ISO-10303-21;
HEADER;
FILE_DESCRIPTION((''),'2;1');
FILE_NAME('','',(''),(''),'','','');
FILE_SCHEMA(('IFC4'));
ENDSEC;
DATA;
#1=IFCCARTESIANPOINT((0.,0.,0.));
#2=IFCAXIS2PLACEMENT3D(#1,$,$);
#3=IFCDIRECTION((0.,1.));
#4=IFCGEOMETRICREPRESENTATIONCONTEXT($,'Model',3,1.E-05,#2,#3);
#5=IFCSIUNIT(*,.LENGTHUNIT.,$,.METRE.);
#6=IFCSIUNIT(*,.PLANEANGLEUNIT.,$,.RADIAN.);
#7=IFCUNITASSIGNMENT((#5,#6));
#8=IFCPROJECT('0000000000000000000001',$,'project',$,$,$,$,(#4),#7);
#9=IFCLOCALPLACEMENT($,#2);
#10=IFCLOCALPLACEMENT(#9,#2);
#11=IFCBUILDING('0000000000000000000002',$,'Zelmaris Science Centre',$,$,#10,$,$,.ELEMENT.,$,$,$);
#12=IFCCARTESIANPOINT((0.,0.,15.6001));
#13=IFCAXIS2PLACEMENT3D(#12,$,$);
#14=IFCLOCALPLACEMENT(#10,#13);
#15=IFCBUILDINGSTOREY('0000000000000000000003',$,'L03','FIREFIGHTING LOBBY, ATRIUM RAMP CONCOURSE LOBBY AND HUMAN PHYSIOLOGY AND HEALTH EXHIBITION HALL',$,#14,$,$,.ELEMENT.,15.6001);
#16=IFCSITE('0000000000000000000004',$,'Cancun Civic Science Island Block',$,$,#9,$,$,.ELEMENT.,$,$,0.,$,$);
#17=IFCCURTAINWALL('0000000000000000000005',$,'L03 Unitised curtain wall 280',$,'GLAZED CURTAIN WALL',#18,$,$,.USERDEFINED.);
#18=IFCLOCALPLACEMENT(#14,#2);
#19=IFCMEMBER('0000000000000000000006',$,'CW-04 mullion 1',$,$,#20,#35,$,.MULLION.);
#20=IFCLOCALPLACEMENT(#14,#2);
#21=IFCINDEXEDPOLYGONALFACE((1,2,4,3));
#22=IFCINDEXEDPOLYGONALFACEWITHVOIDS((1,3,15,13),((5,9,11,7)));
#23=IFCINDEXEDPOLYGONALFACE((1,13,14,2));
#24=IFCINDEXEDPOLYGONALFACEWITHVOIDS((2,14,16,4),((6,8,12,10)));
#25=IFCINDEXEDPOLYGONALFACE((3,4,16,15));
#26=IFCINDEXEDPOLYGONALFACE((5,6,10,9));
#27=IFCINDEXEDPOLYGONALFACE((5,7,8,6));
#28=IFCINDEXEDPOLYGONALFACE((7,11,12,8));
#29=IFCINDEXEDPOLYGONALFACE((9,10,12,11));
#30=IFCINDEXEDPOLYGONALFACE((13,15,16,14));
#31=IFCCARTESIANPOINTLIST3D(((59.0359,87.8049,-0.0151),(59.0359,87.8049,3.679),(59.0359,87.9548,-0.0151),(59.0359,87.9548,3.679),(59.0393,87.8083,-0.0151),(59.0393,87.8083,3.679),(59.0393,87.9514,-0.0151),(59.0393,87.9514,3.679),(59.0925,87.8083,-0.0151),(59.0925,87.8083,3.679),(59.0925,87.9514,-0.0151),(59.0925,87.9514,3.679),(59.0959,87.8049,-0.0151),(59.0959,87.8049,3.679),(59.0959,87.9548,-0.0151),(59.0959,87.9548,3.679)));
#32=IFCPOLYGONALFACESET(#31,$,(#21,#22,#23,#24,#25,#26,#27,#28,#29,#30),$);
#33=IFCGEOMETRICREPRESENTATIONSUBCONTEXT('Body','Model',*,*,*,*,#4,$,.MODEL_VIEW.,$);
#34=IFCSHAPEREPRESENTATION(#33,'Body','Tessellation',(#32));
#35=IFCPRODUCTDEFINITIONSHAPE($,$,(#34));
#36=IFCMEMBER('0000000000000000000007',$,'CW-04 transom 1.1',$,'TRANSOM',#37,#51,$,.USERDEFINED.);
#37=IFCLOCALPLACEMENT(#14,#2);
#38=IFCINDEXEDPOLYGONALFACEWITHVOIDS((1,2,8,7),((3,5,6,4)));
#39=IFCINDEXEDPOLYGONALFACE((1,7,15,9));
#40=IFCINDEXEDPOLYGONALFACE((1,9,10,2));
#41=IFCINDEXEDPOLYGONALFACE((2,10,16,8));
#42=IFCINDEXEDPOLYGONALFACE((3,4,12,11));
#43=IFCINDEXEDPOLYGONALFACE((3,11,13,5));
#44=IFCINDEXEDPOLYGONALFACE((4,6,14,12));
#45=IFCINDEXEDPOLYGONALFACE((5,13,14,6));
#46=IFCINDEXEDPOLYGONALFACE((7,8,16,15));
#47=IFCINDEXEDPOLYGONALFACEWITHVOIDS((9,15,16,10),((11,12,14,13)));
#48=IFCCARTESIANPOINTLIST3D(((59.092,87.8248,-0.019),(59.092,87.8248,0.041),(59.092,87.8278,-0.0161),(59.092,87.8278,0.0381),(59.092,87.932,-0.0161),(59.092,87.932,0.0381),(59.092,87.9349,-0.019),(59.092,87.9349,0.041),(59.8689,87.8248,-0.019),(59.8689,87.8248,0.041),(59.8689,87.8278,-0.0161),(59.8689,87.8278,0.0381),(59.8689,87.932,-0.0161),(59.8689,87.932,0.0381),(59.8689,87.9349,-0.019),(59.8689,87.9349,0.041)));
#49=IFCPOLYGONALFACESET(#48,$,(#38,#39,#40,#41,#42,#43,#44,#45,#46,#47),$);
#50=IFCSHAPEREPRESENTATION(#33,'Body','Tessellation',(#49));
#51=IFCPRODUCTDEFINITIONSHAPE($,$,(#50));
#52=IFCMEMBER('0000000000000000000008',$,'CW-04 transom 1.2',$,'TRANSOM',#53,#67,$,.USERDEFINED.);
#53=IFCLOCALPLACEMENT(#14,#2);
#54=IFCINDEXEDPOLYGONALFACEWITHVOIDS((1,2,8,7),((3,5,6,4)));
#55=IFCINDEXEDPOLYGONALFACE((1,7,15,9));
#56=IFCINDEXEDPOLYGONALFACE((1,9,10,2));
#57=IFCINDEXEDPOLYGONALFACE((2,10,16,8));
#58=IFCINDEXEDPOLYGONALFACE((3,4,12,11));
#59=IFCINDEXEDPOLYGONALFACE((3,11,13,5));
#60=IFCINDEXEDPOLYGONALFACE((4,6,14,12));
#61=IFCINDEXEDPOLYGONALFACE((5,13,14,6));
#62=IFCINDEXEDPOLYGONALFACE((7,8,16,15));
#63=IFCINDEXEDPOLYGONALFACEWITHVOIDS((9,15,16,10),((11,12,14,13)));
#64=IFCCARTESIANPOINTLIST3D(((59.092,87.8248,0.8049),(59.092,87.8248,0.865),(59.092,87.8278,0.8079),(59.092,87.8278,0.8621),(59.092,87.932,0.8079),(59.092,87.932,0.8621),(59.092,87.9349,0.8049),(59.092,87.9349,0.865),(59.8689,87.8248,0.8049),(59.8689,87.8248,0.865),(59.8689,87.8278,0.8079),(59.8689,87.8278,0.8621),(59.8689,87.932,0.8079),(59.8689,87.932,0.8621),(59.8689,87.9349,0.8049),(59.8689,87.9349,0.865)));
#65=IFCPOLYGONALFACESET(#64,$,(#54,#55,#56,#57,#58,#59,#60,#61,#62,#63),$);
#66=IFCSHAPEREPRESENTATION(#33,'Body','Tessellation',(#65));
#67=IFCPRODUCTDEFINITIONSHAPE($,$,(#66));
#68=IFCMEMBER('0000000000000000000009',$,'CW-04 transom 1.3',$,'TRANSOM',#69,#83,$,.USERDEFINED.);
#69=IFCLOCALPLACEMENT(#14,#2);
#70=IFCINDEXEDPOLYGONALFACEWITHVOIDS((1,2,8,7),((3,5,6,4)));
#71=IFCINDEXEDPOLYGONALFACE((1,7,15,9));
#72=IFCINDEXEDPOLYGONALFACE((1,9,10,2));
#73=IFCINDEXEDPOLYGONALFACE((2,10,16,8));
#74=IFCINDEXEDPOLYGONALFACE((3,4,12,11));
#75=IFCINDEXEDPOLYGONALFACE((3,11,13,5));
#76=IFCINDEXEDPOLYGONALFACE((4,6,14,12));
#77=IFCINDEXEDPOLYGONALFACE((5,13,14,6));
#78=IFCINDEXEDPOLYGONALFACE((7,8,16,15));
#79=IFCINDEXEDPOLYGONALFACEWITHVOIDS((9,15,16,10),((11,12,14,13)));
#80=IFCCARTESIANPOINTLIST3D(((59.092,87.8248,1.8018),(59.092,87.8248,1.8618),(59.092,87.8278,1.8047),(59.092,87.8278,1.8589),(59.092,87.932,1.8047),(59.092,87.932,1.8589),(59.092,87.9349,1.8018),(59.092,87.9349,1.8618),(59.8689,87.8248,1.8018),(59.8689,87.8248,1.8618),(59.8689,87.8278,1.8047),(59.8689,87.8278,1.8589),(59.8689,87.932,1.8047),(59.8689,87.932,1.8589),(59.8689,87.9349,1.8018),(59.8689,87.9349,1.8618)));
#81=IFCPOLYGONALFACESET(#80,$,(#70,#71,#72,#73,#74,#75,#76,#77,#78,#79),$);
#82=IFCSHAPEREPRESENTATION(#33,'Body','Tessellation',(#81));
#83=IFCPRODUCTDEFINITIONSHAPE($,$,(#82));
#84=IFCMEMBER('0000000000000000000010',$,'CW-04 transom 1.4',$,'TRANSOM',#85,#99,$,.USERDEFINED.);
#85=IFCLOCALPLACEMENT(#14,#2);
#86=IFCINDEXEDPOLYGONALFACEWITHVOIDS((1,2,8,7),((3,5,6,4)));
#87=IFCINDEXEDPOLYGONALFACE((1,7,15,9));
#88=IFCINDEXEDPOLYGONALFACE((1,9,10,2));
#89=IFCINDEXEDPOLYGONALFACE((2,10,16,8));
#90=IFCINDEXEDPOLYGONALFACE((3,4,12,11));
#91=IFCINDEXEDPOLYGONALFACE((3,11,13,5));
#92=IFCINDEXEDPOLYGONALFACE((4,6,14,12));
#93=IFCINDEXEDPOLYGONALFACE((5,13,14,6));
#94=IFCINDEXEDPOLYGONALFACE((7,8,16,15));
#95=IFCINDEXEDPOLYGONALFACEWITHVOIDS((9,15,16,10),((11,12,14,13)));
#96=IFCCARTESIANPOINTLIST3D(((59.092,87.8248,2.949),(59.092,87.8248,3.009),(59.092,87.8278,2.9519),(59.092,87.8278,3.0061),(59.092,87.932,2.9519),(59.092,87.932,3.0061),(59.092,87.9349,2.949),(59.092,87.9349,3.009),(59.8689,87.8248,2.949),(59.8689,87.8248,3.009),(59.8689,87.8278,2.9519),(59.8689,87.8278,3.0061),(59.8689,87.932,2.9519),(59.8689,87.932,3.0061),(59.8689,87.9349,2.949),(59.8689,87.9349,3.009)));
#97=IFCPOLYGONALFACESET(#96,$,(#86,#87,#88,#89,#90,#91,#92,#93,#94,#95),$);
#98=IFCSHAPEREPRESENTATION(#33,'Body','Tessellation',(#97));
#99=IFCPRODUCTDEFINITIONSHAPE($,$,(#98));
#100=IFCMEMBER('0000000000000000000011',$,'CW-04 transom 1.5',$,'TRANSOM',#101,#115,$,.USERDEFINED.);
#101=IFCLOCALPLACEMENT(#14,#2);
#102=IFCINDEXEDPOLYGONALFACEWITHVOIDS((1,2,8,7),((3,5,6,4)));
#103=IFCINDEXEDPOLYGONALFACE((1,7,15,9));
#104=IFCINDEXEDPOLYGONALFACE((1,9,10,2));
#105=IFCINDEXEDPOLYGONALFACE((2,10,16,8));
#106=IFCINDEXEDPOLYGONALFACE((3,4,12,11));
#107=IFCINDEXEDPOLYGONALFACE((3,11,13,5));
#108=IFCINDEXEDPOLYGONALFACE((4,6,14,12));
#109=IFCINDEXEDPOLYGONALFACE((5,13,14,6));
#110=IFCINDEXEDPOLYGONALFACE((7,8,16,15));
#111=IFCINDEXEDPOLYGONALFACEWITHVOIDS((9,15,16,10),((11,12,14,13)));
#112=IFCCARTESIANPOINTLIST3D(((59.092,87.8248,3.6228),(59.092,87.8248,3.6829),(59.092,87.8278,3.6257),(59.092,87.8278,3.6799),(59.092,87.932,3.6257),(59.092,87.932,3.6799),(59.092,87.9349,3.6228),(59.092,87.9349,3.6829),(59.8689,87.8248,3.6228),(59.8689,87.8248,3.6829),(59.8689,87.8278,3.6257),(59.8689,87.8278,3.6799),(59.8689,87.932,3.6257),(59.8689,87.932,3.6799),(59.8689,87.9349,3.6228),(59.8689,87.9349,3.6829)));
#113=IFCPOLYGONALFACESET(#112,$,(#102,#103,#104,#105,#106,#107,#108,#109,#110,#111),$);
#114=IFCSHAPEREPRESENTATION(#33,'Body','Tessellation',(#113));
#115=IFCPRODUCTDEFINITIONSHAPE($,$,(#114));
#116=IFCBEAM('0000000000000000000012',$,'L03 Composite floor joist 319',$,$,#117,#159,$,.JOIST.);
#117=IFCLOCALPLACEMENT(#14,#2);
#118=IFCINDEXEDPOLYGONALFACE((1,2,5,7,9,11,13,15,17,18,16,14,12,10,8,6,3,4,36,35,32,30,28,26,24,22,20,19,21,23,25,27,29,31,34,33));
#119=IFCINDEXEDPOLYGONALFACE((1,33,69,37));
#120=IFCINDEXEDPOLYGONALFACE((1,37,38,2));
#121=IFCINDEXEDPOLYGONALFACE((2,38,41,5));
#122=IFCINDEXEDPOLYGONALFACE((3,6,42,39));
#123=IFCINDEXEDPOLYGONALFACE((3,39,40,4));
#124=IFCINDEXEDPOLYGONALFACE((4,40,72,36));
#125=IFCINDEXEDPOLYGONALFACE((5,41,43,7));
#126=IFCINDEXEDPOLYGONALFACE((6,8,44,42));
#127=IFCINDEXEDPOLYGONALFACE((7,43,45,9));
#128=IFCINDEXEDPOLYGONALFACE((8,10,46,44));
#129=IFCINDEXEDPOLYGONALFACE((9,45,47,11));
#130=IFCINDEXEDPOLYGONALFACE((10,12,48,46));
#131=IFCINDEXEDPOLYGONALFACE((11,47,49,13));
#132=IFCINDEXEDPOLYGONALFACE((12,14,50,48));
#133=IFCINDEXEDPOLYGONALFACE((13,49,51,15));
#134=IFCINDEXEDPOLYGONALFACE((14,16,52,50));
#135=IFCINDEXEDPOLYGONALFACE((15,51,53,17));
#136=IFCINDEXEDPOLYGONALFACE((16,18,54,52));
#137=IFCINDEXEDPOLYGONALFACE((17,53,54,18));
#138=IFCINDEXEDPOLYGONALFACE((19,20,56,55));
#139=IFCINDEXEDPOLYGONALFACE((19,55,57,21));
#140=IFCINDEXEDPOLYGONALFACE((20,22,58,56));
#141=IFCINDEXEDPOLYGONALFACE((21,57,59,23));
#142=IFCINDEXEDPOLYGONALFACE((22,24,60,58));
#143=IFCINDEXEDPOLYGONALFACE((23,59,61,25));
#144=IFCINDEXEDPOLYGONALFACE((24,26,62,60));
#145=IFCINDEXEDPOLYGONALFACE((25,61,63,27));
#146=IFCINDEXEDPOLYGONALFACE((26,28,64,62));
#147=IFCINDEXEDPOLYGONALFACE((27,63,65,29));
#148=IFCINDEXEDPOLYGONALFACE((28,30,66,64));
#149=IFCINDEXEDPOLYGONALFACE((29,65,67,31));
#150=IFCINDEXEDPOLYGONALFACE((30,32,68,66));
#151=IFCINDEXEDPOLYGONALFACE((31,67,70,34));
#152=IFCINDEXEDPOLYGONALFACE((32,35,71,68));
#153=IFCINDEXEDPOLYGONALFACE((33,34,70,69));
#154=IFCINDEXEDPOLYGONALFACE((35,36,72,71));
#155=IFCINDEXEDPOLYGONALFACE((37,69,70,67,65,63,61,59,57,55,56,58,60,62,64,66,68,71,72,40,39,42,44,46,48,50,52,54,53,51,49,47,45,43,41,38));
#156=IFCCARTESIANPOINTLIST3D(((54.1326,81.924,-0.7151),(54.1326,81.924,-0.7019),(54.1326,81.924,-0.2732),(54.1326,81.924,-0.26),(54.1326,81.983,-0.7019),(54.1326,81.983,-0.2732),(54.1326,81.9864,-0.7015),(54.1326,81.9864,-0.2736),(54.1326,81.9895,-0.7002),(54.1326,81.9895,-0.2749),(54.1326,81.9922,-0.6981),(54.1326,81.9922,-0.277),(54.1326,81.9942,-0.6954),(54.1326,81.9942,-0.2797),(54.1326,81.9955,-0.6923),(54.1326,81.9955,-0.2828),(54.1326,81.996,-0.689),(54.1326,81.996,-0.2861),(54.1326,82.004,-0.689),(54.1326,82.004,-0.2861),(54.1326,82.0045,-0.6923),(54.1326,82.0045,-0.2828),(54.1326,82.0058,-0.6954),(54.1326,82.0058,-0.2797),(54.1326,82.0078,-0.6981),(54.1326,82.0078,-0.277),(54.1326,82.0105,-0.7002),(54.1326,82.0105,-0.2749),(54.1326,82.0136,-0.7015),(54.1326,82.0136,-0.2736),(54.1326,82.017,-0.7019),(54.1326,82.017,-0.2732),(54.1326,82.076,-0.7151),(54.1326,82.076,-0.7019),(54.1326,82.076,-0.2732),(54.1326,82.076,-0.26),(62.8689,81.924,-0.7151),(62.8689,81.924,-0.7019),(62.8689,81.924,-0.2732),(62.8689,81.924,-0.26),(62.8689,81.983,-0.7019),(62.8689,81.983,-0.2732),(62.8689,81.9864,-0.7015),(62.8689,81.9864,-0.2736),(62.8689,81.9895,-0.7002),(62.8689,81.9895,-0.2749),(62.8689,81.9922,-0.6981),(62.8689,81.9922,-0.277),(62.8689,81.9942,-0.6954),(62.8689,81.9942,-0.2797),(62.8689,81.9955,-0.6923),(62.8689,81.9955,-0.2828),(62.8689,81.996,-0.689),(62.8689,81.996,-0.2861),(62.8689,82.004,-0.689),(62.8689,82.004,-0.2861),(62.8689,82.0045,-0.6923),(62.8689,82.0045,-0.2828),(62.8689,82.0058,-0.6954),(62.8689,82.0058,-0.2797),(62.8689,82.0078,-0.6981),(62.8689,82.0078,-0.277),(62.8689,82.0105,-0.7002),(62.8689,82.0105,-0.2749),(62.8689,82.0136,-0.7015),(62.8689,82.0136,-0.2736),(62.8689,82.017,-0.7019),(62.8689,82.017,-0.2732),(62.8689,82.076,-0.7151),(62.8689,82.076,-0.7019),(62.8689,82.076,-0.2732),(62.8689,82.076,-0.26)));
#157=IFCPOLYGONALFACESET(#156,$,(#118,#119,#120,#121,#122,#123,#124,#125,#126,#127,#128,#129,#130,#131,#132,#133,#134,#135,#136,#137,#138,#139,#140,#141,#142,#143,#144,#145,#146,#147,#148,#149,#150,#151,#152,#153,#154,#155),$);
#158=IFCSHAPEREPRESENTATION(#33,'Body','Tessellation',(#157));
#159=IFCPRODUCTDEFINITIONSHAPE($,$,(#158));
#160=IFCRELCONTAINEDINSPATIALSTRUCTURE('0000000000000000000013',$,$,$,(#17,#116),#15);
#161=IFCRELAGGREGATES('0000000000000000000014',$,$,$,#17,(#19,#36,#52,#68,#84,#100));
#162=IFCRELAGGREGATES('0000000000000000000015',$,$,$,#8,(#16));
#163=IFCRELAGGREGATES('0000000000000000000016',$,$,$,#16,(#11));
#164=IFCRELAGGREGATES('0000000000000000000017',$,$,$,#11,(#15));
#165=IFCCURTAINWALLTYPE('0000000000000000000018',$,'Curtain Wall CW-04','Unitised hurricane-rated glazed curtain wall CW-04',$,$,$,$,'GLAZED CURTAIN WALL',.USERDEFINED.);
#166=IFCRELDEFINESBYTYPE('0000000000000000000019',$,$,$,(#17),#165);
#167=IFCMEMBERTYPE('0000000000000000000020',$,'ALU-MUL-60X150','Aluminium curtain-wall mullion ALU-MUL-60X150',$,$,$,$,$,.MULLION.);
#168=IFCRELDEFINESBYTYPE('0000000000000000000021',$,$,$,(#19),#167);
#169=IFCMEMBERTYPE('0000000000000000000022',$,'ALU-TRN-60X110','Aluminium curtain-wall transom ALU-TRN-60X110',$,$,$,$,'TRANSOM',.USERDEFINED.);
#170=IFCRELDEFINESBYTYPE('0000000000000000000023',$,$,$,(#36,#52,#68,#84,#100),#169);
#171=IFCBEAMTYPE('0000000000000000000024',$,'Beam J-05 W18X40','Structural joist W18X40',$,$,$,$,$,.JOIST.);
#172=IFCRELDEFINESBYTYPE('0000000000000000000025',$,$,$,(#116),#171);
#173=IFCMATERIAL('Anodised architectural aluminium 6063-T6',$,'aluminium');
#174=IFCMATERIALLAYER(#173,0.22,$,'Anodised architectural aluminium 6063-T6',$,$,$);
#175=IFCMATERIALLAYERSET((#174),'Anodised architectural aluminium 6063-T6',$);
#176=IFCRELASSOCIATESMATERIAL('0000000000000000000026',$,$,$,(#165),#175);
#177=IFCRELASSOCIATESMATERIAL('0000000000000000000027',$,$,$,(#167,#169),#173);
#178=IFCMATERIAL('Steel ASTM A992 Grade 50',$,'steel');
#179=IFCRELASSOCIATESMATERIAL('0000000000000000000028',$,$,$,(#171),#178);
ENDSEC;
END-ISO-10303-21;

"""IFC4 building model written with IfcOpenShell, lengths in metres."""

from ifc_helpers import new_model, si_unit, direction, frame, origin, origin_2d, place, context, subcontext, project, spatial, hollow_rectangle, i_section, extrude, material, layer, layer_set, material_profile, profile_set, type_object, element, aggregate, save


model = new_model("IFC4")

# Units and contexts
model_context = context("Model", 3, precision=1e-05, world=origin(), true_north=direction((0.0, 1.0)))
body_context = subcontext(model_context, "Body", "Model", "MODEL_VIEW")
ifc_project = project(units=[si_unit("LENGTHUNIT", "METRE"), si_unit("PLANEANGLEUNIT", "RADIAN")], contexts=[model_context])

# Site, building, storey
site_placement = place(None, origin())
site = spatial("IfcSite", under=ifc_project, at=site_placement, Name="Cancun Civic Science Island Block", CompositionType="ELEMENT", RefElevation=0.0)
building_placement = place(site_placement, origin())
building = spatial("IfcBuilding", under=site, at=building_placement, Name="Zelmaris Science Centre", CompositionType="ELEMENT")
storey_placement = place(building_placement, frame((0.0, 0.0, 15.6001)))
storey = spatial("IfcBuildingStorey", under=building, at=storey_placement, Name="L03", Description="FIREFIGHTING LOBBY, ATRIUM RAMP CONCOURSE LOBBY AND HUMAN PHYSIOLOGY AND HEALTH EXHIBITION HALL", CompositionType="ELEMENT", Elevation=15.6001)

# Curtain wall, members
ifc_material_1 = material(Name="Anodised architectural aluminium 6063-T6", Category="aluminium")
ifc_layer_1 = layer(ifc_material_1, 0.22, Name="Anodised architectural aluminium 6063-T6")
ifc_layer_set_1 = layer_set([ifc_layer_1], Name="Anodised architectural aluminium 6063-T6")
curtain_wall_type_1 = type_object("IfcCurtainWallType", Name="Curtain Wall CW-04", Description="Unitised hurricane-rated glazed curtain wall CW-04", ElementType="GLAZED CURTAIN WALL", PredefinedType="USERDEFINED", material=ifc_layer_set_1)
curtain_wall_1_placement = place(storey_placement, origin())
curtain_wall_1 = element("IfcCurtainWall", 1, at=curtain_wall_1_placement, inside=storey, type_object=curtain_wall_type_1, Name="L03 Unitised curtain wall 280", ObjectType="GLAZED CURTAIN WALL", PredefinedType="USERDEFINED")
ifc_material_profile_1 = material_profile(ifc_material_1, hollow_rectangle(XDim=0.0601, YDim=0.1499, WallThickness=0.0034, at=origin_2d()), Name="ALU-MUL-60X150")
ifc_profile_set_1 = profile_set([ifc_material_profile_1], Name="Anodised architectural aluminium 6063-T6")
member_type_1 = type_object("IfcMemberType", Name="ALU-MUL-60X150", Description="Aluminium curtain-wall mullion ALU-MUL-60X150", PredefinedType="MULLION", material=ifc_profile_set_1)
member_1_placement = place(storey_placement, frame((59.0659, 87.8799, -0.0151), z_axis=(0.0, 0.0, 1.0), x_axis=(1.0, 0.0, 0.0)))
member_1 = element("IfcMember", 2, at=member_1_placement, type_object=member_type_1, Name="CW-04 mullion 1", PredefinedType="MULLION", context=body_context, shape_type="SweptSolid", body=[
    extrude(hollow_rectangle(XDim=0.0601, YDim=0.1499, WallThickness=0.0034, at=origin_2d()), origin(), (0.0, 0.0, 1.0), 3.6941),
])
ifc_material_profile_2 = material_profile(ifc_material_1, hollow_rectangle(XDim=0.0601, YDim=0.1101, WallThickness=0.0029, at=origin_2d()), Name="ALU-TRN-60X110")
ifc_profile_set_2 = profile_set([ifc_material_profile_2], Name="Anodised architectural aluminium 6063-T6")
member_type_2 = type_object("IfcMemberType", Name="ALU-TRN-60X110", Description="Aluminium curtain-wall transom ALU-TRN-60X110", ElementType="TRANSOM", PredefinedType="USERDEFINED", material=ifc_profile_set_2)
member_2_placement = place(storey_placement, frame((59.092, 87.8799, 0.011), z_axis=(1.0, 0.0, 0.0), x_axis=(0.0, 0.0, 1.0)))
member_2 = element("IfcMember", 3, at=member_2_placement, type_object=member_type_2, Name="CW-04 transom 1.1", ObjectType="TRANSOM", PredefinedType="USERDEFINED", context=body_context, shape_type="SweptSolid", body=[
    extrude(hollow_rectangle(XDim=0.0601, YDim=0.1101, WallThickness=0.0029, at=origin_2d()), origin(), (0.0, 0.0, 1.0), 0.7769),
])
member_3_placement = place(storey_placement, frame((59.092, 87.8799, 0.835), z_axis=(1.0, 0.0, 0.0), x_axis=(0.0, 0.0, 1.0)))
member_3 = element("IfcMember", 4, at=member_3_placement, type_object=member_type_2, Name="CW-04 transom 1.2", ObjectType="TRANSOM", PredefinedType="USERDEFINED", context=body_context, shape_type="SweptSolid", body=[
    extrude(hollow_rectangle(XDim=0.0601, YDim=0.1101, WallThickness=0.0029, at=origin_2d()), origin(), (0.0, 0.0, 1.0), 0.7769),
])
member_4_placement = place(storey_placement, frame((59.092, 87.8799, 1.8318), z_axis=(1.0, 0.0, 0.0), x_axis=(0.0, 0.0, 1.0)))
member_4 = element("IfcMember", 5, at=member_4_placement, type_object=member_type_2, Name="CW-04 transom 1.3", ObjectType="TRANSOM", PredefinedType="USERDEFINED", context=body_context, shape_type="SweptSolid", body=[
    extrude(hollow_rectangle(XDim=0.0601, YDim=0.1101, WallThickness=0.0029, at=origin_2d()), origin(), (0.0, 0.0, 1.0), 0.7769),
])
member_5_placement = place(storey_placement, frame((59.092, 87.8799, 2.979), z_axis=(1.0, 0.0, 0.0), x_axis=(0.0, 0.0, 1.0)))
member_5 = element("IfcMember", 6, at=member_5_placement, type_object=member_type_2, Name="CW-04 transom 1.4", ObjectType="TRANSOM", PredefinedType="USERDEFINED", context=body_context, shape_type="SweptSolid", body=[
    extrude(hollow_rectangle(XDim=0.0601, YDim=0.1101, WallThickness=0.0029, at=origin_2d()), origin(), (0.0, 0.0, 1.0), 0.7769),
])
member_6_placement = place(storey_placement, frame((59.092, 87.8799, 3.6528), z_axis=(1.0, 0.0, 0.0), x_axis=(0.0, 0.0, 1.0)))
member_6 = element("IfcMember", 7, at=member_6_placement, type_object=member_type_2, Name="CW-04 transom 1.5", ObjectType="TRANSOM", PredefinedType="USERDEFINED", context=body_context, shape_type="SweptSolid", body=[
    extrude(hollow_rectangle(XDim=0.0601, YDim=0.1101, WallThickness=0.0029, at=origin_2d()), origin(), (0.0, 0.0, 1.0), 0.7769),
])

# Beam
ifc_material_2 = material(Name="Steel ASTM A992 Grade 50", Category="steel")
ifc_material_profile_3 = material_profile(ifc_material_2, i_section(OverallWidth=0.1521, OverallDepth=0.4551, WebThickness=0.0081, FlangeThickness=0.0132, FilletRadius=0.0129, at=origin_2d()), Name="W18X40")
ifc_profile_set_3 = profile_set([ifc_material_profile_3], Name="Steel ASTM A992 Grade 50")
beam_type_1 = type_object("IfcBeamType", Name="Beam J-05 W18X40", Description="Structural joist W18X40", PredefinedType="JOIST", material=ifc_profile_set_3)
beam_1_placement = place(storey_placement, frame((54.1326, 82.0, -0.4875), z_axis=(1.0, 0.0, 0.0), x_axis=(0.0, 1.0, 0.0)))
element("IfcBeam", 8, at=beam_1_placement, inside=storey, type_object=beam_type_1, Name="L03 Composite floor joist 319", PredefinedType="JOIST", context=body_context, shape_type="SweptSolid", body=[
    extrude(i_section(OverallWidth=0.1521, OverallDepth=0.4551, WebThickness=0.0081, FlangeThickness=0.0132, FilletRadius=0.0129, at=origin_2d()), origin(), (0.0, 0.0, 1.0), 8.7363),
])

aggregate(curtain_wall_1, [member_1, member_2, member_3, member_4, member_5, member_6])

save(model, "model.ifc")
